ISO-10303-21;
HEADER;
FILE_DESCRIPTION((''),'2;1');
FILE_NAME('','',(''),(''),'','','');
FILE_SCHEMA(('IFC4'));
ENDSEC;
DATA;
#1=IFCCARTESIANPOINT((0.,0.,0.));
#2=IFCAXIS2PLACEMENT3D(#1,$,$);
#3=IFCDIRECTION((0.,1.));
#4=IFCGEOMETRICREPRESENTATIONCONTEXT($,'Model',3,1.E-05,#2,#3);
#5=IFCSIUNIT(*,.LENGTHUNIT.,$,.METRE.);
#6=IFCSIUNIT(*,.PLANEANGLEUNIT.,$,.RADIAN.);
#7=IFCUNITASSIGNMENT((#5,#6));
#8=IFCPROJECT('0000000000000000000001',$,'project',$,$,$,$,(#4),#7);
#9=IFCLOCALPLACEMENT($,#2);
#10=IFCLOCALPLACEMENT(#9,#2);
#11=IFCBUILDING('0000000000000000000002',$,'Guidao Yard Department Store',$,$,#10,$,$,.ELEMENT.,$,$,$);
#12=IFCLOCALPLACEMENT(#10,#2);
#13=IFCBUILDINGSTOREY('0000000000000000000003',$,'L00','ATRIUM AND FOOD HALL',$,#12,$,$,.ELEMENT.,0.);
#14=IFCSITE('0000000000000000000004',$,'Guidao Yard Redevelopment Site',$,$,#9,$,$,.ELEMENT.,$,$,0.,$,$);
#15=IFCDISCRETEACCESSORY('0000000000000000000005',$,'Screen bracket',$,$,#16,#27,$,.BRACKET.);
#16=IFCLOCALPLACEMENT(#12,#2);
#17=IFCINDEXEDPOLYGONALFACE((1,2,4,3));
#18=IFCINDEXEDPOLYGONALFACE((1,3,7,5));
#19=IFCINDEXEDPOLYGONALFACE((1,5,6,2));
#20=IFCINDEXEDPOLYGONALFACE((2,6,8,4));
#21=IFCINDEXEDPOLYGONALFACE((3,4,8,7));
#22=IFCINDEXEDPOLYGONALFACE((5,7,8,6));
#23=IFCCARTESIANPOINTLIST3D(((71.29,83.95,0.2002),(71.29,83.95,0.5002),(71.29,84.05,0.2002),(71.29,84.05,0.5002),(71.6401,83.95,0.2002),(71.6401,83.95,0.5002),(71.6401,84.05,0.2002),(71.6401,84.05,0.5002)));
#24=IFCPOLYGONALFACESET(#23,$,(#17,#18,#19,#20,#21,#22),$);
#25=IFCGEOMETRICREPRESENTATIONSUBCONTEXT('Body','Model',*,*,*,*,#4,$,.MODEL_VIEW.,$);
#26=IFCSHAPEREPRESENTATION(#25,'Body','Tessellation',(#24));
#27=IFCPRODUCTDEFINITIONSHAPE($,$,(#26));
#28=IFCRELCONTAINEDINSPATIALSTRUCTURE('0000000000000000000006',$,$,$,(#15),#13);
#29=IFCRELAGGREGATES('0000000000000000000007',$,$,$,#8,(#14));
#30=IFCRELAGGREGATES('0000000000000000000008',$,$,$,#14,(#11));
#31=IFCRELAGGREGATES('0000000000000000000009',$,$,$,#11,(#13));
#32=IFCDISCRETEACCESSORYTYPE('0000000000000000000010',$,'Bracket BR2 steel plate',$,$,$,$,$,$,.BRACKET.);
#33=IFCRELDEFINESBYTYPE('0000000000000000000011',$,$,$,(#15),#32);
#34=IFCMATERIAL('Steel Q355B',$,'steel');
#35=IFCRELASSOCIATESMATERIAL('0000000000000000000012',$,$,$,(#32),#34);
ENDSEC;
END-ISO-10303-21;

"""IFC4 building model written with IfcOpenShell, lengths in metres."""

from ifc_helpers import new_model, si_unit, direction, frame, origin, origin_2d, place, context, subcontext, project, spatial, rectangle, extrude, material, type_object, element, save


model = new_model("IFC4")

# Units and contexts
model_context = context("Model", 3, precision=1e-05, world=origin(), true_north=direction((0.0, 1.0)))
body_context = subcontext(model_context, "Body", "Model", "MODEL_VIEW")
ifc_project = project(units=[si_unit("LENGTHUNIT", "METRE"), si_unit("PLANEANGLEUNIT", "RADIAN")], contexts=[model_context])

# Site, building, storey
site_placement = place(None, origin())
site = spatial("IfcSite", under=ifc_project, at=site_placement, Name="Guidao Yard Redevelopment Site", CompositionType="ELEMENT", RefElevation=0.0)
building_placement = place(site_placement, origin())
building = spatial("IfcBuilding", under=site, at=building_placement, Name="Guidao Yard Department Store", CompositionType="ELEMENT")
storey_placement = place(building_placement, origin())
storey = spatial("IfcBuildingStorey", under=building, at=storey_placement, Name="L00", Description="ATRIUM AND FOOD HALL", CompositionType="ELEMENT", Elevation=0.0)

# Discrete accessory
ifc_material_1 = material(Name="Steel Q355B", Category="steel")
discrete_accessory_type = type_object("IfcDiscreteAccessoryType", Name="Bracket BR2 steel plate", PredefinedType="BRACKET", material=ifc_material_1)
for number, where, z_axis, x_axis, name in (
    (1, (71.4651, 84.0, 0.2002), (0.0, 0.0, 1.0), (0.0, 1.0, 0.0), "Screen bracket"),
):
    element("IfcDiscreteAccessory", number, at=place(storey_placement, frame(where, z_axis=z_axis, x_axis=x_axis)), inside=storey, type_object=discrete_accessory_type, Name=name, PredefinedType="BRACKET", context=body_context, shape_type="SweptSolid", body=[
        extrude(rectangle(XDim=0.1001, YDim=0.3501, at=origin_2d()), origin(), (0.0, 0.0, 1.0), 0.3),
    ])

save(model, "model.ifc")
